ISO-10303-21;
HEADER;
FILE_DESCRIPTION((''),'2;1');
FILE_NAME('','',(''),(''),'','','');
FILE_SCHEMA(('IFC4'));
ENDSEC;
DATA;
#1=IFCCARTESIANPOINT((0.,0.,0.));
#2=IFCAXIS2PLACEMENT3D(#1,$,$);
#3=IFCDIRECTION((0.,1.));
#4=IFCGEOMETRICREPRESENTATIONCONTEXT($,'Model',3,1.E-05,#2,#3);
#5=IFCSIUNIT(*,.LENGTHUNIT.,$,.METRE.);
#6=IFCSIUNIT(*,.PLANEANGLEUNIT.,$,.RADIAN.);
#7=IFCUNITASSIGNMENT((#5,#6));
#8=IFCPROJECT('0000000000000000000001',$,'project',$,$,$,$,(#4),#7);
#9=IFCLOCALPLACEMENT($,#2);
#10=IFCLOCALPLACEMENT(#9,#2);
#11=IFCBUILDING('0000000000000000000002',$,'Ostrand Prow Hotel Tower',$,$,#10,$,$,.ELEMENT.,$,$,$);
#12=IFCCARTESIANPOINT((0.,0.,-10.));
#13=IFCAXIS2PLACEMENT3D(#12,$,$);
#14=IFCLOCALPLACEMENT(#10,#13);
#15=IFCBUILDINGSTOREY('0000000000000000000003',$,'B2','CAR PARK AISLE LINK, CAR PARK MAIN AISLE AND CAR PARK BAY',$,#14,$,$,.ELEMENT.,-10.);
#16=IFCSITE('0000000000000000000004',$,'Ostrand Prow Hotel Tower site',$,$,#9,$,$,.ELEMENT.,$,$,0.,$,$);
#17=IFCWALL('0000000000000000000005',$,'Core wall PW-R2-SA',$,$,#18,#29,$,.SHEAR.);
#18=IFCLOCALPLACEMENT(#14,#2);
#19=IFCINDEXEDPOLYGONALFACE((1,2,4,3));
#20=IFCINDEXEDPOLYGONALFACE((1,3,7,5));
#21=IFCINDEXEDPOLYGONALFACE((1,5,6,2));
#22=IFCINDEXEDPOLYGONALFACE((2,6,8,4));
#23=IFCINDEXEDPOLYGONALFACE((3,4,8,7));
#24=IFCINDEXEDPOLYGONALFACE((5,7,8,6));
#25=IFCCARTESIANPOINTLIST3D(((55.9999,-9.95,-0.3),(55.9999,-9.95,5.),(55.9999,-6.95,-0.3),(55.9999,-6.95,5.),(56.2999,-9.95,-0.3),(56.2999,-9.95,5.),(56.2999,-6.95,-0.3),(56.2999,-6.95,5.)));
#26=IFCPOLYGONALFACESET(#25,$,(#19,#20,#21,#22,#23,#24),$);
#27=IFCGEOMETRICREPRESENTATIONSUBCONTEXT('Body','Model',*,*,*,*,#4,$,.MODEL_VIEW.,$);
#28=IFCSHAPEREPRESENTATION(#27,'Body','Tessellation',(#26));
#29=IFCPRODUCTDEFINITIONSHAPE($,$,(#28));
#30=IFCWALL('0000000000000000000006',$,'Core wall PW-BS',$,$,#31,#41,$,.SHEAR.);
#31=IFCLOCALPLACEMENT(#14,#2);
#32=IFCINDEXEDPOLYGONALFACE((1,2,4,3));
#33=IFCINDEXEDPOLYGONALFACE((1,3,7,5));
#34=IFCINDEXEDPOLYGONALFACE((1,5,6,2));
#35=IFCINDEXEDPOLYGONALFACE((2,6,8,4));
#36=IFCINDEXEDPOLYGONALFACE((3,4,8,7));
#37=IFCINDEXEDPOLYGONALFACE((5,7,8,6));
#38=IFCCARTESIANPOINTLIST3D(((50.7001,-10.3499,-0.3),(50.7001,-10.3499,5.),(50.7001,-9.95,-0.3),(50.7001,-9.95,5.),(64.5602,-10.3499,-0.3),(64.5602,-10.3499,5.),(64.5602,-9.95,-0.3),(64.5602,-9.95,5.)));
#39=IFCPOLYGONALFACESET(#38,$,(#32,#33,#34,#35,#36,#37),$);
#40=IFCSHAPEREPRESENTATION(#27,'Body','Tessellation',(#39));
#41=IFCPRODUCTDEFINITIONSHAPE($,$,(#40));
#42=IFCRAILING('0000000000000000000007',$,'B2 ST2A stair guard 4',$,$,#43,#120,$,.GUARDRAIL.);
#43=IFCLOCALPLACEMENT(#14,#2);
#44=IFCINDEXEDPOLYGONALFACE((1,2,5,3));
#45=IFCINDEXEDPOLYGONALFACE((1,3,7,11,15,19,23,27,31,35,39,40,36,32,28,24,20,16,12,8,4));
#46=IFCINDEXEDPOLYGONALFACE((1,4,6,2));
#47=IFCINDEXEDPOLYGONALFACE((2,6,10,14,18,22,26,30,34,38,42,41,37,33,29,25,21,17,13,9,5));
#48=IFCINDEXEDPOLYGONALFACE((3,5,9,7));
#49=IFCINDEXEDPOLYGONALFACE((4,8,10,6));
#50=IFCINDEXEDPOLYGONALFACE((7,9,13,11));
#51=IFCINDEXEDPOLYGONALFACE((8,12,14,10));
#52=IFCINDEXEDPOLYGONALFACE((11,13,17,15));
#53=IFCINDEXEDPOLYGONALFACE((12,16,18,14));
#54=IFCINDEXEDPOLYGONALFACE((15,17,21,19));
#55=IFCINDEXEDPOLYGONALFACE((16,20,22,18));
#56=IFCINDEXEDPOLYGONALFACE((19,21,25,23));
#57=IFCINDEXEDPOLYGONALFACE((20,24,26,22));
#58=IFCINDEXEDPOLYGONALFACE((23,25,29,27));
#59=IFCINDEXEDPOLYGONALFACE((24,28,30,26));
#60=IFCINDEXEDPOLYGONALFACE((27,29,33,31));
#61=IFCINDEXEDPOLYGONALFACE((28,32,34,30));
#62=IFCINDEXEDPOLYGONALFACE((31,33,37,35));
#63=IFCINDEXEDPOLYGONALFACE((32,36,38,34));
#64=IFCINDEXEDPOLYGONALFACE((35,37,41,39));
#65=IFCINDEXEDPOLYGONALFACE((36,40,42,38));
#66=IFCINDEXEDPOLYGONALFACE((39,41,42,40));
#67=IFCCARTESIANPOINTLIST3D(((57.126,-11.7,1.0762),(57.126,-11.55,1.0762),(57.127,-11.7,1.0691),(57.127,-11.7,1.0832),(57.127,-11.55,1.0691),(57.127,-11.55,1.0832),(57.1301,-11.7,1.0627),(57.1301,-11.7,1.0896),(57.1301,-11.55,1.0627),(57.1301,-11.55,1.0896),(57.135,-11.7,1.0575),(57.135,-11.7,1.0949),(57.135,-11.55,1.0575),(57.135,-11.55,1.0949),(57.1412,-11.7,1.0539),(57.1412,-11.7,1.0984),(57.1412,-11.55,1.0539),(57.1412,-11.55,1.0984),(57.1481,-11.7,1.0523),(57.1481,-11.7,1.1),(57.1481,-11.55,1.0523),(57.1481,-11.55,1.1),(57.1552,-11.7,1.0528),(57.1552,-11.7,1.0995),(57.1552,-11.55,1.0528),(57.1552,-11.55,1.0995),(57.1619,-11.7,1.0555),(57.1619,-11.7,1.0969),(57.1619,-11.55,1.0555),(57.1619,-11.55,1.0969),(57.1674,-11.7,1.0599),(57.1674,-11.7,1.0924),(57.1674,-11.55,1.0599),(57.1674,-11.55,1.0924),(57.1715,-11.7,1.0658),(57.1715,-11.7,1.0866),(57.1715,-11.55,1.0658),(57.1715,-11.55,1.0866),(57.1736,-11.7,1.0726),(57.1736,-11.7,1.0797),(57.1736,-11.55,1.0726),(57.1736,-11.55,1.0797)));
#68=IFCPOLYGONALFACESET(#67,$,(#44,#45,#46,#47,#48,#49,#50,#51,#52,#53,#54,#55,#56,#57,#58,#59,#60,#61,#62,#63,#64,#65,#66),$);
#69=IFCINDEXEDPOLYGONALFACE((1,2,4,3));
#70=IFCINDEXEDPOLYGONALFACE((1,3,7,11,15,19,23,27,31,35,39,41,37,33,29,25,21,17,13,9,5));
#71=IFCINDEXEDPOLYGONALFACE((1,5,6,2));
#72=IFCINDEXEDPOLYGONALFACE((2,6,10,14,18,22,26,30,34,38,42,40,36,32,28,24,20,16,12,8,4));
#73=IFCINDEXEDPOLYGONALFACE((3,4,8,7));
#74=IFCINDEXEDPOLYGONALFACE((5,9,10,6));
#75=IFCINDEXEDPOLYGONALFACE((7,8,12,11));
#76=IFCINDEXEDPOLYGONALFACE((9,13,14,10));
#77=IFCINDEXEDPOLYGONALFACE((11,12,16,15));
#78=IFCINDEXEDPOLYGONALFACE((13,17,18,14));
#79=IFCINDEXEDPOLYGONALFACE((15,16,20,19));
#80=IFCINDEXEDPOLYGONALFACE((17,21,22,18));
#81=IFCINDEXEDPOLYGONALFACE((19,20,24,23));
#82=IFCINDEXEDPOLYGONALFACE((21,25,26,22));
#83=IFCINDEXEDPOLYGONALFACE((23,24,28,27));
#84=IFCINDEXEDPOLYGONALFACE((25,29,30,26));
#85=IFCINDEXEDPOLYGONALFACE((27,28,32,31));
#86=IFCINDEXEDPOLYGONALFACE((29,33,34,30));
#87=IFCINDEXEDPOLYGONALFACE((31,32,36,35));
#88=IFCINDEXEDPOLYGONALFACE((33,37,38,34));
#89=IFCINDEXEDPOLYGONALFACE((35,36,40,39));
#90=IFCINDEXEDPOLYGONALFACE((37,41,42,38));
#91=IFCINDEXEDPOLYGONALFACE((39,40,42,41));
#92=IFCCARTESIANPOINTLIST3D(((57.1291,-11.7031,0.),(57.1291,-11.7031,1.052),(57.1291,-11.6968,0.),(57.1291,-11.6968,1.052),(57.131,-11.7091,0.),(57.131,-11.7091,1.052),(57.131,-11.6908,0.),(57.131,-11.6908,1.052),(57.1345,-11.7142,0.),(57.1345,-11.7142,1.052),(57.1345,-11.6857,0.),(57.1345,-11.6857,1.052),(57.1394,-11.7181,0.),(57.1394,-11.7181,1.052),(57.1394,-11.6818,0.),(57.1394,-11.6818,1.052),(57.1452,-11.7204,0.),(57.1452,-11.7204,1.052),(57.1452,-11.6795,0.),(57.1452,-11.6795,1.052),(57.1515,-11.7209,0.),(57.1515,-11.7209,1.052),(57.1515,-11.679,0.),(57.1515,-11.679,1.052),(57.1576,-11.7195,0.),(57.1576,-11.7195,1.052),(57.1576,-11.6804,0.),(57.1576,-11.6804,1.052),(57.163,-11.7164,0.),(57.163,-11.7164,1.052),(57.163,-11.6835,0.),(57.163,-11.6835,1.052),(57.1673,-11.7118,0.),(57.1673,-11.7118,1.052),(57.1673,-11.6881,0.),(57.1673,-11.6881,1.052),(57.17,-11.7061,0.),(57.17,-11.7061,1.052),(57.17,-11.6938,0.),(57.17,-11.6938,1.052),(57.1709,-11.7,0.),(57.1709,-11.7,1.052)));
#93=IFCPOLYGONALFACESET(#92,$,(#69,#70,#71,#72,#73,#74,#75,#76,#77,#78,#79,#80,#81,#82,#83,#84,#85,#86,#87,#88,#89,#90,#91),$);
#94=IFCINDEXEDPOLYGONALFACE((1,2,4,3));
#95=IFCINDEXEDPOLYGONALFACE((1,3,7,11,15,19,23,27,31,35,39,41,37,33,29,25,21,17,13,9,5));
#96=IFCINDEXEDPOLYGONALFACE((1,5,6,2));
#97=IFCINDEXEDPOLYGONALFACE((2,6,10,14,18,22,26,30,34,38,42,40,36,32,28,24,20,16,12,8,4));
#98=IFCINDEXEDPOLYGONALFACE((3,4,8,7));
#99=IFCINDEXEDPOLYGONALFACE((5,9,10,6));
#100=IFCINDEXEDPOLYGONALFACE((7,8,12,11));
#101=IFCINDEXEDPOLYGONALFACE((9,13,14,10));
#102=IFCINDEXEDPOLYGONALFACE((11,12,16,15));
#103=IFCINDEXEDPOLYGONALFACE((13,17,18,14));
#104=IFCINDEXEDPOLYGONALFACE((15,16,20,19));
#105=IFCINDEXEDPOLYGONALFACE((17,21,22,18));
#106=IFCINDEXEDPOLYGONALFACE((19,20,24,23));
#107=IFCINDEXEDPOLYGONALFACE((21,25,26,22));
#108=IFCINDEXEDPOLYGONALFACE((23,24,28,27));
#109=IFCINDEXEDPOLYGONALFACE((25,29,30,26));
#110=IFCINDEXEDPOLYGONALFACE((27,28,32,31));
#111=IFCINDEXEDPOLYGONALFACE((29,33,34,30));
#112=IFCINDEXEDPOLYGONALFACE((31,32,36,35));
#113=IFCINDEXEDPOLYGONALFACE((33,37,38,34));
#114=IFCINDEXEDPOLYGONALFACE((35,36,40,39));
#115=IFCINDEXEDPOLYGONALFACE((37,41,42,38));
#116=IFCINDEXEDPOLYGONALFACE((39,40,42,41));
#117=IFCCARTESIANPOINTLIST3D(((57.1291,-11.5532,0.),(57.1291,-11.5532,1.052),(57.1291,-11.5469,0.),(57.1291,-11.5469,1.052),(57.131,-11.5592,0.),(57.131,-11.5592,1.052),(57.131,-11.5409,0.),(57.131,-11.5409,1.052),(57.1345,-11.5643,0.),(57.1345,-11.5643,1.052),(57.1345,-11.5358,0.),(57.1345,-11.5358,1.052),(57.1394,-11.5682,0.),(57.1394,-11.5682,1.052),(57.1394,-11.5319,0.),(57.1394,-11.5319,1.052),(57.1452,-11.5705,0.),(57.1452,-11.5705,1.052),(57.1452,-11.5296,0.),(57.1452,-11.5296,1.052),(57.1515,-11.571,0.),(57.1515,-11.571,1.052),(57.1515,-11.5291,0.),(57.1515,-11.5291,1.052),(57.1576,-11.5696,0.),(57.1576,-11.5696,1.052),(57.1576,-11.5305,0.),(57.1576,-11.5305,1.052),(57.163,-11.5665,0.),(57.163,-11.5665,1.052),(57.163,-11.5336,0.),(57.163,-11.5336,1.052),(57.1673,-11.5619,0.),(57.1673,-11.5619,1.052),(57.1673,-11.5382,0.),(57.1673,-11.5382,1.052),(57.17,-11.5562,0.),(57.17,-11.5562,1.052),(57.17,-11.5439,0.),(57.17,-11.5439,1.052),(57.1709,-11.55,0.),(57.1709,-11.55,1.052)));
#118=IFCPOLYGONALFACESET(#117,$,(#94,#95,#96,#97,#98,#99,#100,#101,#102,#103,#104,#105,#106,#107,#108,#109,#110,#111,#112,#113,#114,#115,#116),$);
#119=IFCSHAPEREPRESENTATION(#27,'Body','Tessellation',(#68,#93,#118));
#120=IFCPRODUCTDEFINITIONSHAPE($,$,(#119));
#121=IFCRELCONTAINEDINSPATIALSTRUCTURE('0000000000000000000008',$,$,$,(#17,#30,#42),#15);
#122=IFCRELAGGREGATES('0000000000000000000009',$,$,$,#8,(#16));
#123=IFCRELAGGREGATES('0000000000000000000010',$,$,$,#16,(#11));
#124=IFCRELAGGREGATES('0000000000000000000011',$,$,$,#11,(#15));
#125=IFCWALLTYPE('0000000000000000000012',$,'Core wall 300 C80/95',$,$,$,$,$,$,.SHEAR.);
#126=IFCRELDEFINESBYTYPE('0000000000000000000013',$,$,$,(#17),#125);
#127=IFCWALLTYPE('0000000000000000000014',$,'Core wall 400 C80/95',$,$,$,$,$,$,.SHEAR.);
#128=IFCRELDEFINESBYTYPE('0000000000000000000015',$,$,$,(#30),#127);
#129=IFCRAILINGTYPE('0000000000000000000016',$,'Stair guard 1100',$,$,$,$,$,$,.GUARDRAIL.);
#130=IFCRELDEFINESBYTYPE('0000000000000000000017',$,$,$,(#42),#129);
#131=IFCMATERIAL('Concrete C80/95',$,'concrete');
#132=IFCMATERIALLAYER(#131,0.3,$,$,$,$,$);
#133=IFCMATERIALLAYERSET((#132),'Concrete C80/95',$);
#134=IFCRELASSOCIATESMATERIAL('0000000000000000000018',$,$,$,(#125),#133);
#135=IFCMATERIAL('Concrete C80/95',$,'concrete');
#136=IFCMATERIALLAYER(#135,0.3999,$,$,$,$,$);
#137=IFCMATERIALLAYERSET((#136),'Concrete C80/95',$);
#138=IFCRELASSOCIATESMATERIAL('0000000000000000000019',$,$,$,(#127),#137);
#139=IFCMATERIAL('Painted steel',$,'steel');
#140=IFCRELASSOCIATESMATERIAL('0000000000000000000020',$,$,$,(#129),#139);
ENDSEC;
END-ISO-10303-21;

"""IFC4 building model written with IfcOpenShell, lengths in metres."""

from ifc_helpers import new_model, si_unit, direction, frame, frame_2d, origin, origin_2d, place, context, subcontext, project, spatial, rectangle, circle, extrude, material, layer, layer_set, type_object, element, save


model = new_model("IFC4")

# Units and contexts
model_context = context("Model", 3, precision=1e-05, world=origin(), true_north=direction((0.0, 1.0)))
body_context = subcontext(model_context, "Body", "Model", "MODEL_VIEW")
ifc_project = project(units=[si_unit("LENGTHUNIT", "METRE"), si_unit("PLANEANGLEUNIT", "RADIAN")], contexts=[model_context])

# Site, building, storey
site_placement = place(None, origin())
site = spatial("IfcSite", under=ifc_project, at=site_placement, Name="Ostrand Prow Hotel Tower site", CompositionType="ELEMENT", RefElevation=0.0)
building_placement = place(site_placement, origin())
building = spatial("IfcBuilding", under=site, at=building_placement, Name="Ostrand Prow Hotel Tower", CompositionType="ELEMENT")
storey_placement = place(building_placement, frame((0.0, 0.0, -10.0)))
storey = spatial("IfcBuildingStorey", under=building, at=storey_placement, Name="B2", Description="CAR PARK AISLE LINK, CAR PARK MAIN AISLE AND CAR PARK BAY", CompositionType="ELEMENT", Elevation=-10.0)

# Shared definitions
ifc_material_1 = material(Name="Concrete C80/95", Category="concrete")
ifc_layer_1 = layer(ifc_material_1, 0.3)
ifc_layer_set_1 = layer_set([ifc_layer_1], Name="Concrete C80/95")
wall_type_1 = type_object("IfcWallType", Name="Core wall 300 C80/95", PredefinedType="SHEAR", material=ifc_layer_set_1)

# Walls
for number, where, z_axis, x_axis, name in (
    (1, (56.1499, -9.95, -0.3), (0.0, 0.0, 1.0), (0.0, 1.0, 0.0), "Core wall PW-R2-SA"),
):
    element("IfcWall", number, at=place(storey_placement, frame(where, z_axis=z_axis, x_axis=x_axis)), inside=storey, type_object=wall_type_1, Name=name, PredefinedType="SHEAR", context=body_context, shape_type="SweptSolid", body=[
        extrude(rectangle(XDim=3.0, YDim=0.3, at=frame_2d((1.5, 0.0))), origin(), (0.0, 0.0, 1.0), 5.3),
    ])
ifc_material_2 = material(Name="Concrete C80/95", Category="concrete")
ifc_layer_2 = layer(ifc_material_2, 0.3999)
ifc_layer_set_2 = layer_set([ifc_layer_2], Name="Concrete C80/95")
wall_type_2 = type_object("IfcWallType", Name="Core wall 400 C80/95", PredefinedType="SHEAR", material=ifc_layer_set_2)
wall_1_placement = place(storey_placement, frame((50.7, -10.1499, -0.3), z_axis=(0.0, 0.0, 1.0), x_axis=(1.0, 0.0, 0.0)))
element("IfcWall", 2, at=wall_1_placement, inside=storey, type_object=wall_type_2, Name="Core wall PW-BS", PredefinedType="SHEAR", context=body_context, shape_type="SweptSolid", body=[
    extrude(rectangle(XDim=13.8601, YDim=0.3999, at=frame_2d((6.9302, 0.0))), origin(), (0.0, 0.0, 1.0), 5.3),
])

# Railing
ifc_material_3 = material(Name="Painted steel", Category="steel")
railing_type = type_object("IfcRailingType", Name="Stair guard 1100", PredefinedType="GUARDRAIL", material=ifc_material_3)
railing_placement = place(storey_placement, frame((57.1499, -11.7, 0.0)))
element("IfcRailing", 3, at=railing_placement, inside=storey, type_object=railing_type, Name="B2 ST2A stair guard 4", PredefinedType="GUARDRAIL", context=body_context, shape_type="SweptSolid", body=[
    extrude(circle(Radius=0.0239, at=origin_2d()), frame((0.0, 0.0, 1.0762), z_axis=(0.0, 1.0, 0.0), x_axis=(-1.0, 0.0, 0.0)), (0.0, 0.0, 1.0), 0.1499),
    extrude(circle(Radius=0.021, at=origin_2d()), origin(), (0.0, 0.0, 1.0), 1.052),
    extrude(circle(Radius=0.021, at=origin_2d()), frame((0.0, 0.1499, 0.0)), (0.0, 0.0, 1.0), 1.052),
])

save(model, "model.ifc")
